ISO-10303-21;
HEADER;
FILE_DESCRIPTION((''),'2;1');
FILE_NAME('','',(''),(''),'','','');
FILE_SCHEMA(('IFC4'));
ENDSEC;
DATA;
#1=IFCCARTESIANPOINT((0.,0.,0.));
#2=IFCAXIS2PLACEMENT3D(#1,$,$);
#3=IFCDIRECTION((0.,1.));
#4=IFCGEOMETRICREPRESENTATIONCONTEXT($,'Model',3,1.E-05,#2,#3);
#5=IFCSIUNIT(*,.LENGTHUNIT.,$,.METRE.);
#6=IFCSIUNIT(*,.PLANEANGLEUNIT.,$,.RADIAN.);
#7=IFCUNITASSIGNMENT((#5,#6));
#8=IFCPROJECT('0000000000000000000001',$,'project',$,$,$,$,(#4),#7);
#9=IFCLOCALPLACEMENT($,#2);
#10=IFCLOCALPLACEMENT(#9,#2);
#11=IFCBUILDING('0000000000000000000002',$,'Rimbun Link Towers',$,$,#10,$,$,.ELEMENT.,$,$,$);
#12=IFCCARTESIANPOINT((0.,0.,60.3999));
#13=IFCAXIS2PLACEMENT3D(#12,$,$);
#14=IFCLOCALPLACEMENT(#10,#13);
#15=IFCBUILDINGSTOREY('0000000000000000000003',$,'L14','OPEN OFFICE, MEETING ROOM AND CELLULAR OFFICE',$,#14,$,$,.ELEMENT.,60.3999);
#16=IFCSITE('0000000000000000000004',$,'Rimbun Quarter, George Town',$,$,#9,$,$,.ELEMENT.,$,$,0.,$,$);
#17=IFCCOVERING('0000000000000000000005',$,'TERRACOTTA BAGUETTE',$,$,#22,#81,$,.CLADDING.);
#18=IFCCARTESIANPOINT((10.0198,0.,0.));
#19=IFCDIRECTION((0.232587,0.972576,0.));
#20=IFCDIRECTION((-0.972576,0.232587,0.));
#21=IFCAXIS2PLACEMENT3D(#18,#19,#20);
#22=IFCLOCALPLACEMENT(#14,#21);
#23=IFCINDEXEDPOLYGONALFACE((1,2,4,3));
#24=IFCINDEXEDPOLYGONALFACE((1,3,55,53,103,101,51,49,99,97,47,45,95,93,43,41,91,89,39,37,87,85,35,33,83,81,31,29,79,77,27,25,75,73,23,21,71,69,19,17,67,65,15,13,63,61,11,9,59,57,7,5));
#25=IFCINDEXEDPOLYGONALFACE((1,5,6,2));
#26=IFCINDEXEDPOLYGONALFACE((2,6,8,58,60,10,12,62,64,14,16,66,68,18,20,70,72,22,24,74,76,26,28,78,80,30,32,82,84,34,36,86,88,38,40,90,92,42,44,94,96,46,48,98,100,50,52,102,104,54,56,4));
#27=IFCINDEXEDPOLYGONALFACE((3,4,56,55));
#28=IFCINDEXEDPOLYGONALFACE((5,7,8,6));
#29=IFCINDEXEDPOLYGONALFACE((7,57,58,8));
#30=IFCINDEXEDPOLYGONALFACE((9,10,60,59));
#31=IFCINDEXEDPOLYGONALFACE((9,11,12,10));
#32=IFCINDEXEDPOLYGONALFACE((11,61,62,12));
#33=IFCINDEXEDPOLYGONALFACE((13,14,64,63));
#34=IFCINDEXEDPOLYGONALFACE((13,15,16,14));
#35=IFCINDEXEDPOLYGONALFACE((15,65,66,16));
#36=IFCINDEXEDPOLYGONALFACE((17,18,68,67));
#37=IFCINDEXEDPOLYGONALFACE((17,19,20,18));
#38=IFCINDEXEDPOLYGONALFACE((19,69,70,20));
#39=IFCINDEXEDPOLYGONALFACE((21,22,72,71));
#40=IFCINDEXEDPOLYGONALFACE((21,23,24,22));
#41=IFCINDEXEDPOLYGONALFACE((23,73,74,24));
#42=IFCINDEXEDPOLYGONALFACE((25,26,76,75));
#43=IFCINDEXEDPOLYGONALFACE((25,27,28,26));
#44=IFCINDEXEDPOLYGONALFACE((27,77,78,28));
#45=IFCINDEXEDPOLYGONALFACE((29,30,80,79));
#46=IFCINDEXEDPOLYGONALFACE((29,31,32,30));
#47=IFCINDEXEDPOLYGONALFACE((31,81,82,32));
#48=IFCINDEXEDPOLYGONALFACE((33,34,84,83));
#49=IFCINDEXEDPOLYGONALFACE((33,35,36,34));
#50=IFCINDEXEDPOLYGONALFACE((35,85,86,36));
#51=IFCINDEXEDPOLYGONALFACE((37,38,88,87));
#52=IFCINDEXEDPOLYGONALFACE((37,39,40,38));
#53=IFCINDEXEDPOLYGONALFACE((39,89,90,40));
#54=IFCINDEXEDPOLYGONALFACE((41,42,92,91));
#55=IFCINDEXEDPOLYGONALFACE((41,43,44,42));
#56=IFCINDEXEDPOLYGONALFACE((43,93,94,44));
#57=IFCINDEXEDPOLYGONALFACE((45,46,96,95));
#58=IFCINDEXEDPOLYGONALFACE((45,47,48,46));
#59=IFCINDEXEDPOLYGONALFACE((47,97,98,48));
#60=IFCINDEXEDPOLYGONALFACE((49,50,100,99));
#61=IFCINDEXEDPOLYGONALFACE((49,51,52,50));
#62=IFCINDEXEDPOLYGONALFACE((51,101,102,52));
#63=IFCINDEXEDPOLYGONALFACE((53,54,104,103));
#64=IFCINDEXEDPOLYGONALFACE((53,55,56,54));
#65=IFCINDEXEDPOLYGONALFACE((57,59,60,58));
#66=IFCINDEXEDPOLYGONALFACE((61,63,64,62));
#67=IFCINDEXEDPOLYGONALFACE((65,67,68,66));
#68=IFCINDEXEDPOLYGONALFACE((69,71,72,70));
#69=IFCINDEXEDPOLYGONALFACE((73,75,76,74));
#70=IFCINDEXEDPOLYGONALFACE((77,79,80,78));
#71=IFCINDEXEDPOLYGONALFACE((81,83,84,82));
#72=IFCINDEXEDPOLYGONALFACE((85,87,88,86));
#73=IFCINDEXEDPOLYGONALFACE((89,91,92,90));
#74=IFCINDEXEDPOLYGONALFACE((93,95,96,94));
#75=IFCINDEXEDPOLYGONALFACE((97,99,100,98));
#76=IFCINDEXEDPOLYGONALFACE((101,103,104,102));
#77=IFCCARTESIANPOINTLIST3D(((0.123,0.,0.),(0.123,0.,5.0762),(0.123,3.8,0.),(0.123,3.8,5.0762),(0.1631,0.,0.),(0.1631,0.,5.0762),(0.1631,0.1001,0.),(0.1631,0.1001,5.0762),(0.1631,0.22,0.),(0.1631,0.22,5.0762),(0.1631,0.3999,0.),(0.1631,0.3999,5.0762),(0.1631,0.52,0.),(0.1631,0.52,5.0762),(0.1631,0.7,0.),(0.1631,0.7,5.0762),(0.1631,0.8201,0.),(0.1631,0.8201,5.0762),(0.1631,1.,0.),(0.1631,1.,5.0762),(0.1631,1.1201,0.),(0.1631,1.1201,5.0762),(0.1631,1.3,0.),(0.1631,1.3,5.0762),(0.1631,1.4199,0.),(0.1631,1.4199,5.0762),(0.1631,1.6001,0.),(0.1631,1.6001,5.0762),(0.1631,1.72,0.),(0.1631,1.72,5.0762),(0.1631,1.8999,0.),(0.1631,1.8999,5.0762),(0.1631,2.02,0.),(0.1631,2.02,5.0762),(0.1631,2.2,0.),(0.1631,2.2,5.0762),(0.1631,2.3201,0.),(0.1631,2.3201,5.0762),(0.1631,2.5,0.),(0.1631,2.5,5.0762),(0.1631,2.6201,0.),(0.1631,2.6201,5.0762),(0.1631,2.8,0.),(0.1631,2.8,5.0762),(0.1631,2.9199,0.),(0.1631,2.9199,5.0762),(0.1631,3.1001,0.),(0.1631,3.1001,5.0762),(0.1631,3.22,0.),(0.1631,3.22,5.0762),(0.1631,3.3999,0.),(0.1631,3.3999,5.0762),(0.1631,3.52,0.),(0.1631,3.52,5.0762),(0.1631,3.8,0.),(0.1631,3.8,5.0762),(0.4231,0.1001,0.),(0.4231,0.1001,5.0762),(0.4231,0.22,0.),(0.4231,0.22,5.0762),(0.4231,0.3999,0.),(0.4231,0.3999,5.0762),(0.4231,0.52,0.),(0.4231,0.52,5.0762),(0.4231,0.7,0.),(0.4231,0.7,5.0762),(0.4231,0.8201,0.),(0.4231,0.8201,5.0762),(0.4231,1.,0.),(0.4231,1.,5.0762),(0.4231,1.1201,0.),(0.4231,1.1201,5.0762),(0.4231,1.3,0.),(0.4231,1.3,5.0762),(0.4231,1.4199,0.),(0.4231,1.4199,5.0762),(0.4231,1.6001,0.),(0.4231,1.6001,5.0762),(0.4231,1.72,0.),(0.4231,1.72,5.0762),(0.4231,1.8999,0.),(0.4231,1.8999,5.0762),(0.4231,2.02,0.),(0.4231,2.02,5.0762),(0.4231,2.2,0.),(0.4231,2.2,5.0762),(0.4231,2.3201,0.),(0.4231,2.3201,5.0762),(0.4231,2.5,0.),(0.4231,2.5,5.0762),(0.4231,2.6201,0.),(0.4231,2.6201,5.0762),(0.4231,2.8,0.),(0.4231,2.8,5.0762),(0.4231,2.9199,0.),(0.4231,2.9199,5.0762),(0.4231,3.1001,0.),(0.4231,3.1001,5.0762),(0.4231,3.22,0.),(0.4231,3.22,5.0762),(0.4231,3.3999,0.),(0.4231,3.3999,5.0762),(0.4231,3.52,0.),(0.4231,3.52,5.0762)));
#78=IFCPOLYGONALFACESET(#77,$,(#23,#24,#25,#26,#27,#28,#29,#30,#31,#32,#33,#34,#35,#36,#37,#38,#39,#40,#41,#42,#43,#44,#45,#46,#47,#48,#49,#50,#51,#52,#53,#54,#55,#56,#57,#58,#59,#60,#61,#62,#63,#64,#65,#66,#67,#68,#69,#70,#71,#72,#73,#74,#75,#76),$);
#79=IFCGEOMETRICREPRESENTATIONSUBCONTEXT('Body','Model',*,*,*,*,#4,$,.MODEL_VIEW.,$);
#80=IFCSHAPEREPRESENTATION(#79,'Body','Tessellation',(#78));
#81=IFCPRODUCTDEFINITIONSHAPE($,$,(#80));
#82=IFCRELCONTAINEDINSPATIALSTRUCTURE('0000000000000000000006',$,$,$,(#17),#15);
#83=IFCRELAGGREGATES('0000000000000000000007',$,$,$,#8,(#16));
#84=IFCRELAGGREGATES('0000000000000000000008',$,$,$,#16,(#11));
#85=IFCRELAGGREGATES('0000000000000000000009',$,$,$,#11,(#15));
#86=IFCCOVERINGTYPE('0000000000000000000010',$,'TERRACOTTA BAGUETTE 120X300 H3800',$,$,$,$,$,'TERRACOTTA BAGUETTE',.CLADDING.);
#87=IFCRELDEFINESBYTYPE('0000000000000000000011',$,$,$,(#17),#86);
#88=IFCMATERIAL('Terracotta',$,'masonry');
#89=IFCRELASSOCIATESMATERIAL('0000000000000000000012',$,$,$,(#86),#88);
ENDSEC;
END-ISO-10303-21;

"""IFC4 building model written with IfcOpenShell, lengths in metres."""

from ifc_helpers import new_model, si_unit, direction, frame, origin, place, context, subcontext, project, spatial, polyline, outline, extrude, material, material_profile, profile_set, type_object, element, save


model = new_model("IFC4")

# Units and contexts
model_context = context("Model", 3, precision=1e-05, world=origin(), true_north=direction((0.0, 1.0)))
body_context = subcontext(model_context, "Body", "Model", "MODEL_VIEW")
ifc_project = project(units=[si_unit("LENGTHUNIT", "METRE"), si_unit("PLANEANGLEUNIT", "RADIAN")], contexts=[model_context])

# Site, building, storey
site_placement = place(None, origin())
site = spatial("IfcSite", under=ifc_project, at=site_placement, Name="Rimbun Quarter, George Town", CompositionType="ELEMENT", RefElevation=0.0)
building_placement = place(site_placement, origin())
building = spatial("IfcBuilding", under=site, at=building_placement, Name="Rimbun Link Towers", CompositionType="ELEMENT")
storey_placement = place(building_placement, frame((0.0, 0.0, 60.3999)))
storey = spatial("IfcBuildingStorey", under=building, at=storey_placement, Name="L14", Description="OPEN OFFICE, MEETING ROOM AND CELLULAR OFFICE", CompositionType="ELEMENT", Elevation=60.3999)

# Covering
ifc_material_1 = material(Name="Terracotta", Category="masonry")
ifc_material_profile_1 = material_profile(ifc_material_1, outline(polyline([(0.123, 0.0), (0.1631, 0.0), (0.1631, 0.1001), (0.4231, 0.1001), (0.4231, 0.22), (0.1631, 0.22), (0.1631, 0.3999), (0.4231, 0.3999), (0.4231, 0.52), (0.1631, 0.52), (0.1631, 0.7), (0.4231, 0.7), (0.4231, 0.8201), (0.1631, 0.8201), (0.1631, 1.0), (0.4231, 1.0), (0.4231, 1.1201), (0.1631, 1.1201), (0.1631, 1.3), (0.4231, 1.3), (0.4231, 1.4199), (0.1631, 1.4199), (0.1631, 1.6001), (0.4231, 1.6001), (0.4231, 1.72), (0.1631, 1.72), (0.1631, 1.8999), (0.4231, 1.8999), (0.4231, 2.02), (0.1631, 2.02), (0.1631, 2.2), (0.4231, 2.2), (0.4231, 2.3201), (0.1631, 2.3201), (0.1631, 2.5), (0.4231, 2.5), (0.4231, 2.6201), (0.1631, 2.6201), (0.1631, 2.8), (0.4231, 2.8), (0.4231, 2.9199), (0.1631, 2.9199), (0.1631, 3.1001), (0.4231, 3.1001), (0.4231, 3.22), (0.1631, 3.22), (0.1631, 3.3999), (0.4231, 3.3999), (0.4231, 3.52), (0.1631, 3.52), (0.1631, 3.8), (0.123, 3.8), (0.123, 0.0)])), Name="BAGUETTE 120X300")
ifc_profile_set_1 = profile_set([ifc_material_profile_1], Name="Terracotta")
covering_type = type_object("IfcCoveringType", Name="TERRACOTTA BAGUETTE 120X300 H3800", ElementType="TERRACOTTA BAGUETTE", PredefinedType="CLADDING", material=ifc_profile_set_1)
covering_1_placement = place(storey_placement, frame((10.0198, 0.0, 0.0), z_axis=(0.232587, 0.972576, 0.0), x_axis=(-0.972576, 0.232587, 0.0)))
element("IfcCovering", 1, at=covering_1_placement, inside=storey, type_object=covering_type, Name="TERRACOTTA BAGUETTE", PredefinedType="CLADDING", context=body_context, shape_type="SweptSolid", body=[
    extrude(outline(polyline([(0.123, 0.0), (0.1631, 0.0), (0.1631, 0.1001), (0.4231, 0.1001), (0.4231, 0.22), (0.1631, 0.22), (0.1631, 0.3999), (0.4231, 0.3999), (0.4231, 0.52), (0.1631, 0.52), (0.1631, 0.7), (0.4231, 0.7), (0.4231, 0.8201), (0.1631, 0.8201), (0.1631, 1.0), (0.4231, 1.0), (0.4231, 1.1201), (0.1631, 1.1201), (0.1631, 1.3), (0.4231, 1.3), (0.4231, 1.4199), (0.1631, 1.4199), (0.1631, 1.6001), (0.4231, 1.6001), (0.4231, 1.72), (0.1631, 1.72), (0.1631, 1.8999), (0.4231, 1.8999), (0.4231, 2.02), (0.1631, 2.02), (0.1631, 2.2), (0.4231, 2.2), (0.4231, 2.3201), (0.1631, 2.3201), (0.1631, 2.5), (0.4231, 2.5), (0.4231, 2.6201), (0.1631, 2.6201), (0.1631, 2.8), (0.4231, 2.8), (0.4231, 2.9199), (0.1631, 2.9199), (0.1631, 3.1001), (0.4231, 3.1001), (0.4231, 3.22), (0.1631, 3.22), (0.1631, 3.3999), (0.4231, 3.3999), (0.4231, 3.52), (0.1631, 3.52), (0.1631, 3.8), (0.123, 3.8), (0.123, 0.0)])), origin(), (0.0, 0.0, 1.0), 5.0762),
])

save(model, "model.ifc")
